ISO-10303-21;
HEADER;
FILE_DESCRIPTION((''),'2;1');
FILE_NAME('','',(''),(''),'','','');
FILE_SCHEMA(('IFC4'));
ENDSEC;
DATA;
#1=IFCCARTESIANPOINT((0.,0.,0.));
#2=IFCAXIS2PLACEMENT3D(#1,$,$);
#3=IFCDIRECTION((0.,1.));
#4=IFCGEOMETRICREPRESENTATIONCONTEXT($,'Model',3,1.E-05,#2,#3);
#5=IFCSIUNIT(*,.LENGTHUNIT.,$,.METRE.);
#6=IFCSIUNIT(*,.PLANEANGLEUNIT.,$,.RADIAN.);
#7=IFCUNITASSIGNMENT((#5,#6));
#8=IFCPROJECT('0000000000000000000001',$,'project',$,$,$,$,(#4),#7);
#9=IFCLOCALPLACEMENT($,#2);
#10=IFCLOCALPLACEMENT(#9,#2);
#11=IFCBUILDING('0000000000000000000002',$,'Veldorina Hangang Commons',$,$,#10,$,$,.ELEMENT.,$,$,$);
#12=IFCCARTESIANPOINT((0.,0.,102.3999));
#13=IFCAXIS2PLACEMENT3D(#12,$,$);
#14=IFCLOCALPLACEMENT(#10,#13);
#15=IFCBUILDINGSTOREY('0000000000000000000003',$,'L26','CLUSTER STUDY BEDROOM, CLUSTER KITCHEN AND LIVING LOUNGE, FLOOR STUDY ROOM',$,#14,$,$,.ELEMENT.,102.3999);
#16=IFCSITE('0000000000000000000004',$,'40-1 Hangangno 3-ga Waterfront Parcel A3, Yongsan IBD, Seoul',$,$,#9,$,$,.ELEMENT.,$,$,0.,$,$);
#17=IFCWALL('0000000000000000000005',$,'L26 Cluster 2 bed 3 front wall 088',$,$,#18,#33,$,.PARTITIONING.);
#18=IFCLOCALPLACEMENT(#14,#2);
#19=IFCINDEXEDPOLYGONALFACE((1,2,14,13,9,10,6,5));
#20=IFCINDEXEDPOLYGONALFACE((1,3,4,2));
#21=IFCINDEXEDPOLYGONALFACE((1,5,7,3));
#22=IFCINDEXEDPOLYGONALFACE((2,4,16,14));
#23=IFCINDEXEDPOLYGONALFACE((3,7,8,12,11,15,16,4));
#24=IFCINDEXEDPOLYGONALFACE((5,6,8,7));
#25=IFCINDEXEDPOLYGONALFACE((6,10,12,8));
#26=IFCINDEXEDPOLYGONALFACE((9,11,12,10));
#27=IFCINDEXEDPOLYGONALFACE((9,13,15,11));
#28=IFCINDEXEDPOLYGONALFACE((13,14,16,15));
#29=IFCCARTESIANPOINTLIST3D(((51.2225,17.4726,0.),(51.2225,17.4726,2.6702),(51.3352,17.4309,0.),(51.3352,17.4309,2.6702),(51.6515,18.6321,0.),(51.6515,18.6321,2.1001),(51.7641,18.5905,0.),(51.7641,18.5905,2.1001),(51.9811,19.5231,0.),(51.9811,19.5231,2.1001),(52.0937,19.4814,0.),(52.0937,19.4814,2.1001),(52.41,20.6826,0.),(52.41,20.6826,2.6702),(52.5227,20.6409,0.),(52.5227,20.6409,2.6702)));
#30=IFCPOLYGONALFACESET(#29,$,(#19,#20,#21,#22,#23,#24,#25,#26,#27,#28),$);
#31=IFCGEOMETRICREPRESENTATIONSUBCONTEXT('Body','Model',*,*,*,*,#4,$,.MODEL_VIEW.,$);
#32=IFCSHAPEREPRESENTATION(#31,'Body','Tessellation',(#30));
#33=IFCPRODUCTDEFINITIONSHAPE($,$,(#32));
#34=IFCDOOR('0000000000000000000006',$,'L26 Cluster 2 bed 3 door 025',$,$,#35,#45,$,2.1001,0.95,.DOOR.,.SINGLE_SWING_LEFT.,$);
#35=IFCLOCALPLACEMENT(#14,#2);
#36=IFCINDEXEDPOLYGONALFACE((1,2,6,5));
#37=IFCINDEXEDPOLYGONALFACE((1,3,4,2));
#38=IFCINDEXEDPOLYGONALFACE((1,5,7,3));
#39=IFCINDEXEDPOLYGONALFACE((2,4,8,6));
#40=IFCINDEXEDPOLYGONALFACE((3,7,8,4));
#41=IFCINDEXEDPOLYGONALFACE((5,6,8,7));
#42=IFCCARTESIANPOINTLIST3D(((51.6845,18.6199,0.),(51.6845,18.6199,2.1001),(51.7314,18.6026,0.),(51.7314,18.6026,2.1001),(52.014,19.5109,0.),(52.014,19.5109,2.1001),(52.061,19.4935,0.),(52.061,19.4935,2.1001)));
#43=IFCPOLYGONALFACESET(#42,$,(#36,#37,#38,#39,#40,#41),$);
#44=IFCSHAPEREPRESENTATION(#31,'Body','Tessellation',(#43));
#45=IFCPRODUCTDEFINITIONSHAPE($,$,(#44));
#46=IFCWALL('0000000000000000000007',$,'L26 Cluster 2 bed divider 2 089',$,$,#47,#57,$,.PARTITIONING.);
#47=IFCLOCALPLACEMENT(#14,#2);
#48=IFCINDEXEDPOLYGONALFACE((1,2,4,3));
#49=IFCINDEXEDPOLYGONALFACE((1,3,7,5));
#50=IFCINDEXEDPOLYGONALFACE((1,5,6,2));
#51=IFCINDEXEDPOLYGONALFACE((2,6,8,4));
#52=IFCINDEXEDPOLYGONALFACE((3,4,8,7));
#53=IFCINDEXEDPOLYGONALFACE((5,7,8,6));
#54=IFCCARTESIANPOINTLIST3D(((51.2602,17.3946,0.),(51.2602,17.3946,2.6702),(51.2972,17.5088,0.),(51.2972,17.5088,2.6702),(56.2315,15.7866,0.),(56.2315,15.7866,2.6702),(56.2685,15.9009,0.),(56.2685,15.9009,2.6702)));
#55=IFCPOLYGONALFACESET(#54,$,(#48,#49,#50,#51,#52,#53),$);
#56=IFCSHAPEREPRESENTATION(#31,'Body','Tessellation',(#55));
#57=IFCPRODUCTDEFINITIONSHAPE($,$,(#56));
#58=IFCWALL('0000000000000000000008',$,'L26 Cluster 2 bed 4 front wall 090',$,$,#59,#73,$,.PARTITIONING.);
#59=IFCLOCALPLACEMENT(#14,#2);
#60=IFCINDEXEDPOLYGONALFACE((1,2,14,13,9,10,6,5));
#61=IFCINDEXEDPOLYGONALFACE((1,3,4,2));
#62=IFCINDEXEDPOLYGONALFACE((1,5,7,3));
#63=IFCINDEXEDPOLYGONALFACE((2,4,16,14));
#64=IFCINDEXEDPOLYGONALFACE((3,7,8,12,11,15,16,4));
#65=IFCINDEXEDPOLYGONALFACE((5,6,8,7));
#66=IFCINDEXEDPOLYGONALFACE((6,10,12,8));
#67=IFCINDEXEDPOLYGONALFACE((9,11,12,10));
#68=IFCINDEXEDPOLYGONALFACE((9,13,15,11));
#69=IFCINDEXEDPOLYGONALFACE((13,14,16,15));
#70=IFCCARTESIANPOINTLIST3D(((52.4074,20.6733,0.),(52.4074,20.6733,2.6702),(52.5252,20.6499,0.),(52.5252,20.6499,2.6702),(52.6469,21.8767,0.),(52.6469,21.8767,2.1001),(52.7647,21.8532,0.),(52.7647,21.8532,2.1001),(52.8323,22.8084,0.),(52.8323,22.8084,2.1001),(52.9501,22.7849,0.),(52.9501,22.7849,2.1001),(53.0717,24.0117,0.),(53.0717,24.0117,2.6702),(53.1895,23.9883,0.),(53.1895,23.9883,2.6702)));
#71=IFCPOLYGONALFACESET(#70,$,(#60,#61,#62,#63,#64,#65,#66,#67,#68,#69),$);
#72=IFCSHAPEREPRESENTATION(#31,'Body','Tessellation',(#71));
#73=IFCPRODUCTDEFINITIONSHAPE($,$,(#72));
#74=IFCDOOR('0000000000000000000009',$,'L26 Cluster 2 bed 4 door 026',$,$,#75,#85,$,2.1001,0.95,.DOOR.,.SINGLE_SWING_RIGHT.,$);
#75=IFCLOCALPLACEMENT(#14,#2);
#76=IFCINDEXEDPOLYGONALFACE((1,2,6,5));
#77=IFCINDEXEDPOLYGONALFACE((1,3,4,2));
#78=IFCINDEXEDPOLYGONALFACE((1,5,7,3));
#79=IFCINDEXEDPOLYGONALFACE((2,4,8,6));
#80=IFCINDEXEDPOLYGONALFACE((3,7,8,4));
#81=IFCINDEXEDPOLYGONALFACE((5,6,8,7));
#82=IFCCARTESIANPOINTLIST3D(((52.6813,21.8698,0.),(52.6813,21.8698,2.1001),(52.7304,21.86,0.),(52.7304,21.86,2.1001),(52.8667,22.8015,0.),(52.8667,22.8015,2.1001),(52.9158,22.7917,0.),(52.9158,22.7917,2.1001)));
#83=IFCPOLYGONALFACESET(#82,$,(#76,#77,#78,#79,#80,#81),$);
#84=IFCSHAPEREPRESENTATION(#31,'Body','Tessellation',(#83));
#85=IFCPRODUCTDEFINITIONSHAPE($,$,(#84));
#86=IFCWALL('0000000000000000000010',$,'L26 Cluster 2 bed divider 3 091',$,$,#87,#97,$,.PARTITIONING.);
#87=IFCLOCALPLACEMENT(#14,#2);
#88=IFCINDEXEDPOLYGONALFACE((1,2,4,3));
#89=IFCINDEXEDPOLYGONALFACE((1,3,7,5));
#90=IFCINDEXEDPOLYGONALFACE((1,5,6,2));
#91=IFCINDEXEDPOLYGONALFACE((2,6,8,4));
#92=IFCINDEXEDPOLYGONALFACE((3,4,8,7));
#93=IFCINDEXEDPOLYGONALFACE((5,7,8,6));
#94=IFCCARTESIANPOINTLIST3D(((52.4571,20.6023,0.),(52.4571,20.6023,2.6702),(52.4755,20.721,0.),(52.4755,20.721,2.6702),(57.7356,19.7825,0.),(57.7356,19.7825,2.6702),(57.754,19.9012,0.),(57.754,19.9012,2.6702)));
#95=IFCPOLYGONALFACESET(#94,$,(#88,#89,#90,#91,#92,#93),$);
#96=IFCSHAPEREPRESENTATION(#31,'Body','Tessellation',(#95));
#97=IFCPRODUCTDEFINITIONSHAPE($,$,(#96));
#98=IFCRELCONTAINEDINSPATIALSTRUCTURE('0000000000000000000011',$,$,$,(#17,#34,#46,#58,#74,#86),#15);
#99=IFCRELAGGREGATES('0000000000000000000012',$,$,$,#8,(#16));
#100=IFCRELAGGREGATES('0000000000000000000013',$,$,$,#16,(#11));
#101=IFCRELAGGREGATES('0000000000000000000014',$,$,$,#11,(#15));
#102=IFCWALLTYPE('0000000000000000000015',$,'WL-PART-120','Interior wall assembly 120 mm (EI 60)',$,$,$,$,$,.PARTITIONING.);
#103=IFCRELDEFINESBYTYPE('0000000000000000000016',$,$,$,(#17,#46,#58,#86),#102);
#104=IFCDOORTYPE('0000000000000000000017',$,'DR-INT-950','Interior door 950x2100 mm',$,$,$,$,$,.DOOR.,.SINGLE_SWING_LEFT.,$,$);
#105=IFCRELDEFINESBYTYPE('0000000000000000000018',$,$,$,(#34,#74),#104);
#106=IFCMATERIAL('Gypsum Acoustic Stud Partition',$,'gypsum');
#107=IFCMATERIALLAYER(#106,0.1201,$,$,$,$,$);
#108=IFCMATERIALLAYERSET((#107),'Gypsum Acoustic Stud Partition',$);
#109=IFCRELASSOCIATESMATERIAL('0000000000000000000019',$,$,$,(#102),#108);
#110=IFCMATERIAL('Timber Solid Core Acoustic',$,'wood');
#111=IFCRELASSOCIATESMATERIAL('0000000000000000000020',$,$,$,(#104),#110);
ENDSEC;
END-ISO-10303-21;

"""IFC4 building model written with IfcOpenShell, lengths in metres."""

from ifc_helpers import new_model, si_unit, direction, frame, frame_2d, origin, place, context, subcontext, project, spatial, rectangle, extrude, material, layer, layer_set, type_object, element, fill, save


model = new_model("IFC4")

# Units and contexts
model_context = context("Model", 3, precision=1e-05, world=origin(), true_north=direction((0.0, 1.0)))
body_context = subcontext(model_context, "Body", "Model", "MODEL_VIEW")
ifc_project = project(units=[si_unit("LENGTHUNIT", "METRE"), si_unit("PLANEANGLEUNIT", "RADIAN")], contexts=[model_context])

# Site, building, storey
site_placement = place(None, origin())
site = spatial("IfcSite", under=ifc_project, at=site_placement, Name="40-1 Hangangno 3-ga Waterfront Parcel A3, Yongsan IBD, Seoul", CompositionType="ELEMENT", RefElevation=0.0)
building_placement = place(site_placement, origin())
building = spatial("IfcBuilding", under=site, at=building_placement, Name="Veldorina Hangang Commons", CompositionType="ELEMENT")
storey_placement = place(building_placement, frame((0.0, 0.0, 102.3999)))
storey = spatial("IfcBuildingStorey", under=building, at=storey_placement, Name="L26", Description="CLUSTER STUDY BEDROOM, CLUSTER KITCHEN AND LIVING LOUNGE, FLOOR STUDY ROOM", CompositionType="ELEMENT", Elevation=102.3999)

# Shared definitions
ifc_material_1 = material(Name="Gypsum Acoustic Stud Partition", Category="gypsum")
ifc_layer_1 = layer(ifc_material_1, 0.1201)
ifc_layer_set_1 = layer_set([ifc_layer_1], Name="Gypsum Acoustic Stud Partition")
wall_type_1 = type_object("IfcWallType", Name="WL-PART-120", Description="Interior wall assembly 120 mm (EI 60)", PredefinedType="PARTITIONING", material=ifc_layer_set_1)

# Shared definitions
ifc_material_2 = material(Name="Timber Solid Core Acoustic", Category="wood")
door_type_1 = type_object("IfcDoorType", Name="DR-INT-950", Description="Interior door 950x2100 mm", OperationType="SINGLE_SWING_LEFT", PredefinedType="DOOR", material=ifc_material_2)

# Wall, opening, door
wall_1_placement = place(storey_placement, frame((51.2788, 17.4517, 0.0), z_axis=(0.0, 0.0, 1.0), x_axis=(0.346961, 0.937879, 0.0)))
wall_1 = element("IfcWall", 1, at=wall_1_placement, inside=storey, type_object=wall_type_1, Name="L26 Cluster 2 bed 3 front wall 088", PredefinedType="PARTITIONING", context=body_context, shape_type="SweptSolid", body=[
    extrude(rectangle(XDim=3.4226, YDim=0.1201, at=frame_2d((1.7114, 0.0))), origin(), (0.0, 0.0, 1.0), 2.6702),
])
opening_1_placement = place(wall_1_placement, frame((1.2363, 0.0, 0.0)))
opening_1 = element("IfcOpeningElement", 2, at=opening_1_placement, cuts=wall_1, PredefinedType="OPENING", context=body_context, shape_type="SweptSolid", body=[
    extrude(rectangle(XDim=0.95, YDim=2.1001, at=frame_2d((0.4751, 1.05))), frame((0.0, 0.0701, 0.0), z_axis=(0.0, -1.0, 0.0), x_axis=(1.0, 0.0, 0.0)), (0.0, 0.0, 1.0), 0.1401),
])
door_1_placement = place(opening_1_placement, origin())
door_1 = element("IfcDoor", 3, at=door_1_placement, inside=storey, type_object=door_type_1, Name="L26 Cluster 2 bed 3 door 025", OperationType="SINGLE_SWING_LEFT", OverallHeight=2.1001, OverallWidth=0.95, PredefinedType="DOOR", context=body_context, shape_type="SweptSolid", body=[
    extrude(rectangle(XDim=0.95, YDim=2.1001, at=frame_2d((0.4751, 1.05))), frame((0.0, 0.0249, 0.0), z_axis=(0.0, -1.0, 0.0), x_axis=(1.0, 0.0, 0.0)), (0.0, 0.0, 1.0), 0.05),
])
fill(opening_1, door_1)

# Wall
wall_2_placement = place(storey_placement, frame((51.2788, 17.4517, 0.0), z_axis=(0.0, 0.0, 1.0), x_axis=(0.951468, -0.307748, 0.0)))
element("IfcWall", 4, at=wall_2_placement, inside=storey, type_object=wall_type_1, Name="L26 Cluster 2 bed divider 2 089", PredefinedType="PARTITIONING", context=body_context, shape_type="SweptSolid", body=[
    extrude(rectangle(XDim=5.2249, YDim=0.1201, at=frame_2d((2.6123, 0.0))), origin(), (0.0, 0.0, 1.0), 2.6702),
])

# Wall, opening, door
wall_3_placement = place(storey_placement, frame((52.4663, 20.6616, 0.0), z_axis=(0.0, 0.0, 1.0), x_axis=(0.195164, 0.980771, 0.0)))
wall_3 = element("IfcWall", 5, at=wall_3_placement, inside=storey, type_object=wall_type_1, Name="L26 Cluster 2 bed 4 front wall 090", PredefinedType="PARTITIONING", context=body_context, shape_type="SweptSolid", body=[
    extrude(rectangle(XDim=3.4038, YDim=0.1201, at=frame_2d((1.7019, 0.0))), origin(), (0.0, 0.0, 1.0), 2.6702),
])
opening_2_placement = place(wall_3_placement, frame((1.2268, 0.0, 0.0)))
opening_2 = element("IfcOpeningElement", 6, at=opening_2_placement, cuts=wall_3, PredefinedType="OPENING", context=body_context, shape_type="SweptSolid", body=[
    extrude(rectangle(XDim=0.95, YDim=2.1001, at=frame_2d((0.4751, 1.05))), frame((0.0, 0.0701, 0.0), z_axis=(0.0, -1.0, 0.0), x_axis=(1.0, 0.0, 0.0)), (0.0, 0.0, 1.0), 0.1401),
])
door_2_placement = place(opening_2_placement, origin())
door_2 = element("IfcDoor", 7, at=door_2_placement, inside=storey, type_object=door_type_1, Name="L26 Cluster 2 bed 4 door 026", OperationType="SINGLE_SWING_RIGHT", OverallHeight=2.1001, OverallWidth=0.95, PredefinedType="DOOR", context=body_context, shape_type="SweptSolid", body=[
    extrude(rectangle(XDim=0.95, YDim=2.1001, at=frame_2d((0.4751, 1.05))), frame((0.0, 0.0249, 0.0), z_axis=(0.0, -1.0, 0.0), x_axis=(1.0, 0.0, 0.0)), (0.0, 0.0, 1.0), 0.05),
])
fill(opening_2, door_2)

# Wall
wall_4_placement = place(storey_placement, frame((52.4663, 20.6616, 0.0), z_axis=(0.0, 0.0, 1.0), x_axis=(0.988153, -0.153472, 0.0)))
element("IfcWall", 8, at=wall_4_placement, inside=storey, type_object=wall_type_1, Name="L26 Cluster 2 bed divider 3 091", PredefinedType="PARTITIONING", context=body_context, shape_type="SweptSolid", body=[
    extrude(rectangle(XDim=5.3418, YDim=0.1201, at=frame_2d((2.6709, 0.0))), origin(), (0.0, 0.0, 1.0), 2.6702),
])

save(model, "model.ifc")
